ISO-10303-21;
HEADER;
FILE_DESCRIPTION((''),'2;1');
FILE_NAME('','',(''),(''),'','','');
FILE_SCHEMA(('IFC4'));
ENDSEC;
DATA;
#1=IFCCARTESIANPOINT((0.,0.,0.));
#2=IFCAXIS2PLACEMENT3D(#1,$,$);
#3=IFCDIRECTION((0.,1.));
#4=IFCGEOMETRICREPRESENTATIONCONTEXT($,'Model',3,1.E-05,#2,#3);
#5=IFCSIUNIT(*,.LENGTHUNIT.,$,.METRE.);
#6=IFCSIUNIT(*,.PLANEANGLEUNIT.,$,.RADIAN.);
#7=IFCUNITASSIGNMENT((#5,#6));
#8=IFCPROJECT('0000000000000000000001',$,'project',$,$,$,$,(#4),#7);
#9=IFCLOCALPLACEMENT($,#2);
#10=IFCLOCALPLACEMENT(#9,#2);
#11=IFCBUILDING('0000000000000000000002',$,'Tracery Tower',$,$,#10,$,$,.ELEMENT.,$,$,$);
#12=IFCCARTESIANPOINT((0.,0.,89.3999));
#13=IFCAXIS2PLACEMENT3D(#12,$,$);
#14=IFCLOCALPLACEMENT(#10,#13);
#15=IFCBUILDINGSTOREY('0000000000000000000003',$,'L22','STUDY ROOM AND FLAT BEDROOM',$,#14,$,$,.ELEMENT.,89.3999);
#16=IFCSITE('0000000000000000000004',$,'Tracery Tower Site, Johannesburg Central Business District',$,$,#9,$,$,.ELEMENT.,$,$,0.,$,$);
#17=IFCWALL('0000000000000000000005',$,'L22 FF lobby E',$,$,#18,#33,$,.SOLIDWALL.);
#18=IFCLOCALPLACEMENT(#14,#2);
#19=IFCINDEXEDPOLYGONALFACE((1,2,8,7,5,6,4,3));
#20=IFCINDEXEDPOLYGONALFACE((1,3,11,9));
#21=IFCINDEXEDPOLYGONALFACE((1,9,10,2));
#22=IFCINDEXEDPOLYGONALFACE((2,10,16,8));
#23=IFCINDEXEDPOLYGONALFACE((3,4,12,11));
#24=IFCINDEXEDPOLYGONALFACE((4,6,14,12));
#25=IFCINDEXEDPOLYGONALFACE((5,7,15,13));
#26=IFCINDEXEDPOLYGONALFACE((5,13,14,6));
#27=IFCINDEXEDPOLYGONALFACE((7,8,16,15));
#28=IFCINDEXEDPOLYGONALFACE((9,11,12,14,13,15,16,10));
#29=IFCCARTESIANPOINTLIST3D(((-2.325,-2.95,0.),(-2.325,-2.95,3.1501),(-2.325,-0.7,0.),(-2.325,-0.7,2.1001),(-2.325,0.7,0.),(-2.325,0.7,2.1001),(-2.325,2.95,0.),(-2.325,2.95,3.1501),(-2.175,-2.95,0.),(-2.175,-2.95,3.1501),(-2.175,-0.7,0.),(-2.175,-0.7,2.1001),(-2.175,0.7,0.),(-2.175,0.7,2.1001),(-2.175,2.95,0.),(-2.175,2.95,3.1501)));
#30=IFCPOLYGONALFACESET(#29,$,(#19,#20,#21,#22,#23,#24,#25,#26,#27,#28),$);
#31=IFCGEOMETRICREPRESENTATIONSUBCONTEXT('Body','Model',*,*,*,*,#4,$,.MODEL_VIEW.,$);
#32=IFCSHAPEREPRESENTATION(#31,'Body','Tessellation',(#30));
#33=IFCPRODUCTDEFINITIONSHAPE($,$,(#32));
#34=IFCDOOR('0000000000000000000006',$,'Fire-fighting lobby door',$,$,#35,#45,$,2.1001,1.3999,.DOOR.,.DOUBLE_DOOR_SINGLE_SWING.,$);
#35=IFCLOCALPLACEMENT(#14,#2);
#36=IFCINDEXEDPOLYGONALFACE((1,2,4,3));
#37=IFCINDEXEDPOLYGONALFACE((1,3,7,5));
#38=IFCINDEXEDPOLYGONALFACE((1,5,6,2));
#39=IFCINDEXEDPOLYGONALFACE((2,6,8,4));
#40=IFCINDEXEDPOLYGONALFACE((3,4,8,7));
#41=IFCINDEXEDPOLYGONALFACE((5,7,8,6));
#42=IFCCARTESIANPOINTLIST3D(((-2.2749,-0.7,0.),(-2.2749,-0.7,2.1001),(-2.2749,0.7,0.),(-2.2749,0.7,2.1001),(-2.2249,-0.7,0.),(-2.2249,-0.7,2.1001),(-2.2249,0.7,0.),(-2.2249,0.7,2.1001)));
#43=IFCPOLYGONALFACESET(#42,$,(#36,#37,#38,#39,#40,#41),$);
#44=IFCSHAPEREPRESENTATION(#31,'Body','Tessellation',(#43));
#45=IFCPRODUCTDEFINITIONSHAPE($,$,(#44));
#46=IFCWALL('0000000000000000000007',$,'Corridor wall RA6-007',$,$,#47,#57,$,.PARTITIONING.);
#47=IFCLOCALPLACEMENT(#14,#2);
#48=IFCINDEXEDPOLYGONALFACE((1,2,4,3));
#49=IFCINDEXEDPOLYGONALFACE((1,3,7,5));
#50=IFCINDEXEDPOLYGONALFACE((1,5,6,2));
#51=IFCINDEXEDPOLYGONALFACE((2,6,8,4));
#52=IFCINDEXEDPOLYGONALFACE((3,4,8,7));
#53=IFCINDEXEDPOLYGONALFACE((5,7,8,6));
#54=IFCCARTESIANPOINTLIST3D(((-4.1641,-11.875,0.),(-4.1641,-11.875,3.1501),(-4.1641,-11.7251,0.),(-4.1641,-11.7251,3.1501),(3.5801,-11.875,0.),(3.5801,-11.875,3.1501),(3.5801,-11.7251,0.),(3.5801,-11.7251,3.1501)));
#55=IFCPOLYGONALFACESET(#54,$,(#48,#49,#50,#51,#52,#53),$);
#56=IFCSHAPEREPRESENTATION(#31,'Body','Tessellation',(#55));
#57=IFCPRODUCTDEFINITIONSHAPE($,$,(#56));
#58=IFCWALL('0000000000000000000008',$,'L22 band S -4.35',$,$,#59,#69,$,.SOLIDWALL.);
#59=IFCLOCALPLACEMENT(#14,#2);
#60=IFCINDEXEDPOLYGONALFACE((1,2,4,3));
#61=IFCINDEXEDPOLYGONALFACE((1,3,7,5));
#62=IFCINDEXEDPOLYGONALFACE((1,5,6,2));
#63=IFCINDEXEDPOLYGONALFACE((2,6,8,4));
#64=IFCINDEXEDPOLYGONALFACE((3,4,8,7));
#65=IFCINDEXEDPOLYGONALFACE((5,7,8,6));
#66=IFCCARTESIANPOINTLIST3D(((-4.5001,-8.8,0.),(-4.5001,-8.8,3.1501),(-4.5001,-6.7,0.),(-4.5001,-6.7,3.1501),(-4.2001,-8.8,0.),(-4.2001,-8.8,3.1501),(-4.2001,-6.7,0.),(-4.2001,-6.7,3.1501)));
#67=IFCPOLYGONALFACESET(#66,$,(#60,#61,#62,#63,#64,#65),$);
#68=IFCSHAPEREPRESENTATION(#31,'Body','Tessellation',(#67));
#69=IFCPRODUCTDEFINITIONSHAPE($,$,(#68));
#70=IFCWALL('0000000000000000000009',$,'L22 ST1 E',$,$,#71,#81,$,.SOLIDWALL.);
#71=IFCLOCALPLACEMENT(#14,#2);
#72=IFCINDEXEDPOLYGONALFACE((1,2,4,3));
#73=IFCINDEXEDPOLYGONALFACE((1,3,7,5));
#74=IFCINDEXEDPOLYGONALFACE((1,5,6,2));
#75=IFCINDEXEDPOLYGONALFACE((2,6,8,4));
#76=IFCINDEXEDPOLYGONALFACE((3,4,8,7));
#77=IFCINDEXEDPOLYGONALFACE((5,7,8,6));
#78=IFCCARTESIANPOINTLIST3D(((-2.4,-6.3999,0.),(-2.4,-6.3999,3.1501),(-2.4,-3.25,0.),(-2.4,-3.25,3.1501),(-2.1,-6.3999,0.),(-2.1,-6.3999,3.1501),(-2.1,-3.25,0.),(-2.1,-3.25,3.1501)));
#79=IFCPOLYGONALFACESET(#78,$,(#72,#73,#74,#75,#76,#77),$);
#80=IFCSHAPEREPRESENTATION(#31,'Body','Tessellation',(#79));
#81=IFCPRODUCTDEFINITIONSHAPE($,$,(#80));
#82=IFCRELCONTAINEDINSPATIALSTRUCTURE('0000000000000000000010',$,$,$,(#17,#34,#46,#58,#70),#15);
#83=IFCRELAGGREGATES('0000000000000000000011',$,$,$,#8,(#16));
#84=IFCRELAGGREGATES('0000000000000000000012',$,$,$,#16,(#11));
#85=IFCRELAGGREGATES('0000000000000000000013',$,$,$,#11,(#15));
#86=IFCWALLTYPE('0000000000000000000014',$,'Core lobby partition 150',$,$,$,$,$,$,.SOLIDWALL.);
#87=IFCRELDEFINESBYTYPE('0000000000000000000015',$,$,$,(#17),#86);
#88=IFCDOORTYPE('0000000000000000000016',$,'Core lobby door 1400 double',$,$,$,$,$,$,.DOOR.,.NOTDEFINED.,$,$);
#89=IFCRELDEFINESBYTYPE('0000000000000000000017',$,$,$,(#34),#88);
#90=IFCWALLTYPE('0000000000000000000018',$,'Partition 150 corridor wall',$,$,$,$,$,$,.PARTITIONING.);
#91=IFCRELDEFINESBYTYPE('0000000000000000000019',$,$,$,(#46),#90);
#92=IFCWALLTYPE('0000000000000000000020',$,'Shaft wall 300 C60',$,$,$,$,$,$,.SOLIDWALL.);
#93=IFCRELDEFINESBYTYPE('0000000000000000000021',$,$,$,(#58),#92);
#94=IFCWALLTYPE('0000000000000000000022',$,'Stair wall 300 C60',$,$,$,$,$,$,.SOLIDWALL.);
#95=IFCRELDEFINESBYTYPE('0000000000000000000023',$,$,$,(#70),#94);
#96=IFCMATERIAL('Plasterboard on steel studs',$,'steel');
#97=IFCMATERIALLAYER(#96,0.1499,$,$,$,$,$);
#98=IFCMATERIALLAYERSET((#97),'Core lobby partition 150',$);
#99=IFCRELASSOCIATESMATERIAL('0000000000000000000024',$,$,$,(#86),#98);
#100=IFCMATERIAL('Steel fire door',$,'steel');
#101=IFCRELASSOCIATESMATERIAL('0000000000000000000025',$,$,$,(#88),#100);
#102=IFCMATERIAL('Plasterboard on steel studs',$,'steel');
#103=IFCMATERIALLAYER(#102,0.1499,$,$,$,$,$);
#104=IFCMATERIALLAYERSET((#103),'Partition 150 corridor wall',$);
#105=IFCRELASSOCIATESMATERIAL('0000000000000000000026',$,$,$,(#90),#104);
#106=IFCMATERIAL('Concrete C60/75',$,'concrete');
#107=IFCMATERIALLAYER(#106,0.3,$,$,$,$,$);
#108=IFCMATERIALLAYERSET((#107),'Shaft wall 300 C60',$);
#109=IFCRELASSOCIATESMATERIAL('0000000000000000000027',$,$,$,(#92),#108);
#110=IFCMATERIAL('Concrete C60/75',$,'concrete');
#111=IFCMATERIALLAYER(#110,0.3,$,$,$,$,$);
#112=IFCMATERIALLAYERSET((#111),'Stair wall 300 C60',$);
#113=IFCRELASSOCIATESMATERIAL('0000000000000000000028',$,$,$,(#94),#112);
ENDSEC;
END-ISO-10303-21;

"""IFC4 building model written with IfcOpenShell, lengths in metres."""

from ifc_helpers import new_model, si_unit, direction, frame, frame_2d, origin, place, context, subcontext, project, spatial, rectangle, extrude, material, layer, layer_set, type_object, element, fill, save


model = new_model("IFC4")

# Units and contexts
model_context = context("Model", 3, precision=1e-05, world=origin(), true_north=direction((0.0, 1.0)))
body_context = subcontext(model_context, "Body", "Model", "MODEL_VIEW")
ifc_project = project(units=[si_unit("LENGTHUNIT", "METRE"), si_unit("PLANEANGLEUNIT", "RADIAN")], contexts=[model_context])

# Site, building, storey
site_placement = place(None, origin())
site = spatial("IfcSite", under=ifc_project, at=site_placement, Name="Tracery Tower Site, Johannesburg Central Business District", CompositionType="ELEMENT", RefElevation=0.0)
building_placement = place(site_placement, origin())
building = spatial("IfcBuilding", under=site, at=building_placement, Name="Tracery Tower", CompositionType="ELEMENT")
storey_placement = place(building_placement, frame((0.0, 0.0, 89.3999)))
storey = spatial("IfcBuildingStorey", under=building, at=storey_placement, Name="L22", Description="STUDY ROOM AND FLAT BEDROOM", CompositionType="ELEMENT", Elevation=89.3999)

# Wall, opening, door
ifc_material_1 = material(Name="Plasterboard on steel studs", Category="steel")
ifc_layer_1 = layer(ifc_material_1, 0.1499)
ifc_layer_set_1 = layer_set([ifc_layer_1], Name="Core lobby partition 150")
wall_type_1 = type_object("IfcWallType", Name="Core lobby partition 150", PredefinedType="SOLIDWALL", material=ifc_layer_set_1)
wall_1_placement = place(storey_placement, frame((-2.25, -2.95, 0.0), z_axis=(0.0, 0.0, 1.0), x_axis=(0.0, 1.0, 0.0)))
wall_1 = element("IfcWall", 1, at=wall_1_placement, inside=storey, type_object=wall_type_1, Name="L22 FF lobby E", PredefinedType="SOLIDWALL", context=body_context, shape_type="SweptSolid", body=[
    extrude(rectangle(XDim=5.8999, YDim=0.1499, at=frame_2d((2.95, 0.0))), origin(), (0.0, 0.0, 1.0), 3.1501),
])
opening_1_placement = place(wall_1_placement, frame((2.25, 0.0, 0.0)))
opening_1 = element("IfcOpeningElement", 2, at=opening_1_placement, cuts=wall_1, PredefinedType="OPENING", context=body_context, shape_type="SweptSolid", body=[
    extrude(rectangle(XDim=1.3999, YDim=2.1001, at=frame_2d((0.7, 1.05))), frame((0.0, 0.075, 0.0), z_axis=(0.0, -1.0, 0.0), x_axis=(1.0, 0.0, 0.0)), (0.0, 0.0, 1.0), 0.1499),
])
ifc_material_2 = material(Name="Steel fire door", Category="steel")
door_type_1 = type_object("IfcDoorType", Name="Core lobby door 1400 double", OperationType="NOTDEFINED", PredefinedType="DOOR", material=ifc_material_2)
door_1_placement = place(opening_1_placement, origin())
door_1 = element("IfcDoor", 3, at=door_1_placement, inside=storey, type_object=door_type_1, Name="Fire-fighting lobby door", OperationType="DOUBLE_DOOR_SINGLE_SWING", OverallHeight=2.1001, OverallWidth=1.3999, PredefinedType="DOOR", context=body_context, shape_type="SweptSolid", body=[
    extrude(rectangle(XDim=1.3999, YDim=2.1001, at=frame_2d((0.7, 1.05))), frame((0.0, 0.0249, 0.0), z_axis=(0.0, -1.0, 0.0), x_axis=(1.0, 0.0, 0.0)), (0.0, 0.0, 1.0), 0.05),
])
fill(opening_1, door_1)

# Wall
ifc_material_3 = material(Name="Plasterboard on steel studs", Category="steel")
ifc_layer_2 = layer(ifc_material_3, 0.1499)
ifc_layer_set_2 = layer_set([ifc_layer_2], Name="Partition 150 corridor wall")
wall_type_2 = type_object("IfcWallType", Name="Partition 150 corridor wall", PredefinedType="PARTITIONING", material=ifc_layer_set_2)
wall_2_placement = place(storey_placement, frame((-4.1641, -11.8, 0.0), z_axis=(0.0, 0.0, 1.0), x_axis=(1.0, 0.0, 0.0)))
element("IfcWall", 4, at=wall_2_placement, inside=storey, type_object=wall_type_2, Name="Corridor wall RA6-007", PredefinedType="PARTITIONING", context=body_context, shape_type="SweptSolid", body=[
    extrude(rectangle(XDim=7.7441, YDim=0.1499, at=frame_2d((3.8721, 0.0))), origin(), (0.0, 0.0, 1.0), 3.1501),
])

# Shared definitions
ifc_material_4 = material(Name="Concrete C60/75", Category="concrete")
ifc_layer_3 = layer(ifc_material_4, 0.3)
ifc_layer_set_3 = layer_set([ifc_layer_3], Name="Shaft wall 300 C60")
wall_type_3 = type_object("IfcWallType", Name="Shaft wall 300 C60", PredefinedType="SOLIDWALL", material=ifc_layer_set_3)

# Wall
wall_3_placement = place(storey_placement, frame((-4.3501, -8.8, 0.0), z_axis=(0.0, 0.0, 1.0), x_axis=(0.0, 1.0, 0.0)))
element("IfcWall", 5, at=wall_3_placement, inside=storey, type_object=wall_type_3, Name="L22 band S -4.35", PredefinedType="SOLIDWALL", context=body_context, shape_type="SweptSolid", body=[
    extrude(rectangle(XDim=2.1001, YDim=0.3, at=frame_2d((1.05, 0.0))), origin(), (0.0, 0.0, 1.0), 3.1501),
])

# Shared definitions
ifc_material_5 = material(Name="Concrete C60/75", Category="concrete")
ifc_layer_4 = layer(ifc_material_5, 0.3)
ifc_layer_set_4 = layer_set([ifc_layer_4], Name="Stair wall 300 C60")
wall_type_4 = type_object("IfcWallType", Name="Stair wall 300 C60", PredefinedType="SOLIDWALL", material=ifc_layer_set_4)

# Wall
wall_4_placement = place(storey_placement, frame((-2.25, -6.3999, 0.0), z_axis=(0.0, 0.0, 1.0), x_axis=(0.0, 1.0, 0.0)))
element("IfcWall", 6, at=wall_4_placement, inside=storey, type_object=wall_type_4, Name="L22 ST1 E", PredefinedType="SOLIDWALL", context=body_context, shape_type="SweptSolid", body=[
    extrude(rectangle(XDim=3.1499, YDim=0.3, at=frame_2d((1.575, 0.0))), origin(), (0.0, 0.0, 1.0), 3.1501),
])

save(model, "model.ifc")
